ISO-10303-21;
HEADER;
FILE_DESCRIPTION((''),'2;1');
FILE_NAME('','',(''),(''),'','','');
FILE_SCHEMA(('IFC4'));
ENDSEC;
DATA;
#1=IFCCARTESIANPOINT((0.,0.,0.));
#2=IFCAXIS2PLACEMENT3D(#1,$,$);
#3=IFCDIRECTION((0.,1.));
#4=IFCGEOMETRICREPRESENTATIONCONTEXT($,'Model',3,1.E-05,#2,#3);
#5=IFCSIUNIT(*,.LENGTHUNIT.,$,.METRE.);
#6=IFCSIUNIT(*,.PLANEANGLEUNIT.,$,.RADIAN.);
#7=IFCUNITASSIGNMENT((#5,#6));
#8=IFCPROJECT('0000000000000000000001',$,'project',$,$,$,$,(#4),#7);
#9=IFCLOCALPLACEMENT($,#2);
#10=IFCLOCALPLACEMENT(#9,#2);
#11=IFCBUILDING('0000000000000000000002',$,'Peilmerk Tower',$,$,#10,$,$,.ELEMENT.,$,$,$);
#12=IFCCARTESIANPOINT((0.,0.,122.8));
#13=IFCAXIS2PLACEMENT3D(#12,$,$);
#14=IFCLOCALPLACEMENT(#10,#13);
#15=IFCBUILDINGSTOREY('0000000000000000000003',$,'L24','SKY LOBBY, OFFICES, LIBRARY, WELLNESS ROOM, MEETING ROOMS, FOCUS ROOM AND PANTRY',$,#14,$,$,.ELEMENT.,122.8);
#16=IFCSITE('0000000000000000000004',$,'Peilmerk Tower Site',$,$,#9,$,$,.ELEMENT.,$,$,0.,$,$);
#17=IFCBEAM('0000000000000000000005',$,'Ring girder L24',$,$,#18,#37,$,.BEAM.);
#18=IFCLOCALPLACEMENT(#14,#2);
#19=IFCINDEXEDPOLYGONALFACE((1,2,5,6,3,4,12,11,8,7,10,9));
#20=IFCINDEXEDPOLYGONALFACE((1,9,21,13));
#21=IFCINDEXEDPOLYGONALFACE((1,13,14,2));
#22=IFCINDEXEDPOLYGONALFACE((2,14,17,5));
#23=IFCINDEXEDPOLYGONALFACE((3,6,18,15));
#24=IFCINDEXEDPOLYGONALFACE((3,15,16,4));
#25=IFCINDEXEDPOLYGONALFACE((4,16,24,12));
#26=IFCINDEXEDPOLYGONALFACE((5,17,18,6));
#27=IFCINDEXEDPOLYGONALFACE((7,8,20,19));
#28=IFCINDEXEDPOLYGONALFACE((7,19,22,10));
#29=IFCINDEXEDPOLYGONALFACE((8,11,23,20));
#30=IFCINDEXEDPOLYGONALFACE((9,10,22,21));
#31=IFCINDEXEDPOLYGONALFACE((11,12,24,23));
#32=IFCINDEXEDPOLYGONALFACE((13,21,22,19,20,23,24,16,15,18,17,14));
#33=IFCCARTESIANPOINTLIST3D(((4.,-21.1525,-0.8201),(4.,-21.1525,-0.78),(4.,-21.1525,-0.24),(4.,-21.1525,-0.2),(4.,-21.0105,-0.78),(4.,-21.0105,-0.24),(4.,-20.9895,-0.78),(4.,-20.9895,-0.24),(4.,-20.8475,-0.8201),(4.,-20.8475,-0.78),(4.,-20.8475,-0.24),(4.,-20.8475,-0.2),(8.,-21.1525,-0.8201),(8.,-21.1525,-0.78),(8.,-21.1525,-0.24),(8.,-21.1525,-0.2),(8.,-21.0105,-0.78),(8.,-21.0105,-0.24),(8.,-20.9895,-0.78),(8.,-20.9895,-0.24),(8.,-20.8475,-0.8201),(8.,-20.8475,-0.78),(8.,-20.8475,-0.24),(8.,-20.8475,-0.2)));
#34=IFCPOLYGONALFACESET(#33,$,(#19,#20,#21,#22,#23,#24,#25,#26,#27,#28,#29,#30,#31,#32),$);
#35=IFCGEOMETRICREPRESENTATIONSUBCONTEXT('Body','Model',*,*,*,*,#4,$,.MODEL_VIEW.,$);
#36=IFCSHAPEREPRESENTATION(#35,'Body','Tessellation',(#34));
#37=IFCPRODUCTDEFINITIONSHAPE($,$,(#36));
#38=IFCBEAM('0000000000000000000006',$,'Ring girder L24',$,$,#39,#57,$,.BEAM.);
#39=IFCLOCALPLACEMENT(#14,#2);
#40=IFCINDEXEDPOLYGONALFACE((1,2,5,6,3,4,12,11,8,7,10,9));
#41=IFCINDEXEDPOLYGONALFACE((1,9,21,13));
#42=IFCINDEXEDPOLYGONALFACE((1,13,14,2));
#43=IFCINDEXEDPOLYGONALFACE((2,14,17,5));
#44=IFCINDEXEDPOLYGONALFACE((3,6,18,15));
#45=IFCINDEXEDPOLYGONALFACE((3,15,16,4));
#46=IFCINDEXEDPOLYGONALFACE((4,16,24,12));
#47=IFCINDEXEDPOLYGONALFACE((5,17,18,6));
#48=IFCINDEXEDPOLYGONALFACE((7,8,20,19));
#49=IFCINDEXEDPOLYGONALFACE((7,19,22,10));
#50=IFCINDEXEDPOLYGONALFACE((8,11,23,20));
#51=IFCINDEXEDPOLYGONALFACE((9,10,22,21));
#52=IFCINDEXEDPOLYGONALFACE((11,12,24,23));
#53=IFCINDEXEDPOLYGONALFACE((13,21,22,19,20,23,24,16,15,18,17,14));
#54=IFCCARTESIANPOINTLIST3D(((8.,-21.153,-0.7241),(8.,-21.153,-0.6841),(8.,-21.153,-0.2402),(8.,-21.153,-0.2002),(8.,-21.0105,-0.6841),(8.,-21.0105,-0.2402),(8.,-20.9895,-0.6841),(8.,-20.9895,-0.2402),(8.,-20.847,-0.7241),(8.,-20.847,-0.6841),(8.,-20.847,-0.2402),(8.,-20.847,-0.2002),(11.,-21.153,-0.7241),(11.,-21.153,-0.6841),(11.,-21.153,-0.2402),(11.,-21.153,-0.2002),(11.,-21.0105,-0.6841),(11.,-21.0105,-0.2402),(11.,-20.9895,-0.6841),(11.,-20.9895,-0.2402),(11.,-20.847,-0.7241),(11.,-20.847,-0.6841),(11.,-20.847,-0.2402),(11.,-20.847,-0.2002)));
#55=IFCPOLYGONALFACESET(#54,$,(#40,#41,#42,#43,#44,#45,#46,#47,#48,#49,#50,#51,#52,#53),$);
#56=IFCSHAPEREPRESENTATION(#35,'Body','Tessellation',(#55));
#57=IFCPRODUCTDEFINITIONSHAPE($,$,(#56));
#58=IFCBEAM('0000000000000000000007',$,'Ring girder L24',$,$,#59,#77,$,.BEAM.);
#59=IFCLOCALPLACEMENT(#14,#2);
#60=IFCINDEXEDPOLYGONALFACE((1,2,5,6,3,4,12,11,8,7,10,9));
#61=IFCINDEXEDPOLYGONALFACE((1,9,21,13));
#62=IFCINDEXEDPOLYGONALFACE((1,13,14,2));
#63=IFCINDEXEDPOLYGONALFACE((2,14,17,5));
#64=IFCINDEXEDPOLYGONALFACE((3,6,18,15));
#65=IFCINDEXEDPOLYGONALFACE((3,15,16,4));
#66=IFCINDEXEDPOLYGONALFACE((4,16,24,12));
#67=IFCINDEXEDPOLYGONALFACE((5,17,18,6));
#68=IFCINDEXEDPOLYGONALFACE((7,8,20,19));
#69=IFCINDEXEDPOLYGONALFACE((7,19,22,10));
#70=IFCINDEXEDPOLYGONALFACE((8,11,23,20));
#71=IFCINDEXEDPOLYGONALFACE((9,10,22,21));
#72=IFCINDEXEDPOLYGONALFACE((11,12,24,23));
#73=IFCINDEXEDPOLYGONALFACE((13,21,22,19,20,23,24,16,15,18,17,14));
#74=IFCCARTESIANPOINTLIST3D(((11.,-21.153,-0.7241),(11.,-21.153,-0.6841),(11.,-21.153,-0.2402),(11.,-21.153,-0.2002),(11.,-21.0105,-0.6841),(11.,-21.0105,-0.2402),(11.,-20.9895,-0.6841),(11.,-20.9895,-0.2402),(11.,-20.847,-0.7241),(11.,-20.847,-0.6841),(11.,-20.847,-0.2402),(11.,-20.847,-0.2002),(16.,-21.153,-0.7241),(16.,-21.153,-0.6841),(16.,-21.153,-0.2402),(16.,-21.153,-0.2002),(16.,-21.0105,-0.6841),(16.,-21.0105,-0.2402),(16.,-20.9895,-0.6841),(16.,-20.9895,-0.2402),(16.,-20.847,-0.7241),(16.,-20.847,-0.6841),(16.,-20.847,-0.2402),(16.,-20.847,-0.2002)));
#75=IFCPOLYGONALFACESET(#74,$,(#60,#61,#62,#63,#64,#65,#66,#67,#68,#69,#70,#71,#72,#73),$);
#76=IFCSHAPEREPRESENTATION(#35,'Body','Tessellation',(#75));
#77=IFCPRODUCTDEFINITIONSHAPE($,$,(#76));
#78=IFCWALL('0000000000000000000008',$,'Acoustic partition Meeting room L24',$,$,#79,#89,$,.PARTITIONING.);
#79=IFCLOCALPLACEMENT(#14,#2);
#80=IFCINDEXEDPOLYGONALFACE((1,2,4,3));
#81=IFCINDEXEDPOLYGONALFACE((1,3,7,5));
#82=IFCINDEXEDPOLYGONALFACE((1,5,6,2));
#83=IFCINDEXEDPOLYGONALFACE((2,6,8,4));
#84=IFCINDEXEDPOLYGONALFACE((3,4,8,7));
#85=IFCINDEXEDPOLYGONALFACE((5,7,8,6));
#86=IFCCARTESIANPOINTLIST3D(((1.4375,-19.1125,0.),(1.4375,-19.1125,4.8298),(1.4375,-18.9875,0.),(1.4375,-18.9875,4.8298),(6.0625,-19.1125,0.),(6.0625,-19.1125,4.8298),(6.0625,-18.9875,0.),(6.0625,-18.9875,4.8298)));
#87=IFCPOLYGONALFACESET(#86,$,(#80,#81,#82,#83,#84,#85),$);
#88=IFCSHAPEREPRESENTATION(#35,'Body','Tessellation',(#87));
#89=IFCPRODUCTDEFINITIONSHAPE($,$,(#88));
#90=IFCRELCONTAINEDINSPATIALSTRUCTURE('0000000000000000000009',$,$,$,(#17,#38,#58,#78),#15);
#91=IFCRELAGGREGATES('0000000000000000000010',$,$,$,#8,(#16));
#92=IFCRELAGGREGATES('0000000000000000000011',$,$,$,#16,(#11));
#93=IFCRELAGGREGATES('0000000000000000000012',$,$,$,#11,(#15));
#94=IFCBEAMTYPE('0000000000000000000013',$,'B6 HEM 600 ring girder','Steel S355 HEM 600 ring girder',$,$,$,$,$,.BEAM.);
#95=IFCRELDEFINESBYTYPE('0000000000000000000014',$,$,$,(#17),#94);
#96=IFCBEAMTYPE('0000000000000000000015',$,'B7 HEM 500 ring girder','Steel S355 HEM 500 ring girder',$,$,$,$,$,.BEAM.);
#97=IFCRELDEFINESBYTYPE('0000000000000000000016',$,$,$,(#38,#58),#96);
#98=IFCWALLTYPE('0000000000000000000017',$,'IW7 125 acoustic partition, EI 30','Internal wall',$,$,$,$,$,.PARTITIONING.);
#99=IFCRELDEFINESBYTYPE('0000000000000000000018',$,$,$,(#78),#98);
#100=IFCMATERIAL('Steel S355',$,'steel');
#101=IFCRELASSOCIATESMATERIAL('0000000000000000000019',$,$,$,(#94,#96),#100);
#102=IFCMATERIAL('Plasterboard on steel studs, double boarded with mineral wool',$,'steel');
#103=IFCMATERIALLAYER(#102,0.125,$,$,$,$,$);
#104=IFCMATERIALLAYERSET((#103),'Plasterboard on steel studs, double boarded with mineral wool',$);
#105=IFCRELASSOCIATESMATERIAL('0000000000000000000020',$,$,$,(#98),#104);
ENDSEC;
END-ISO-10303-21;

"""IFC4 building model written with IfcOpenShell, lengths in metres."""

from ifc_helpers import new_model, si_unit, direction, frame, frame_2d, origin, origin_2d, place, context, subcontext, project, spatial, rectangle, i_section, extrude, material, layer, layer_set, material_profile, profile_set, type_object, element, save


model = new_model("IFC4")

# Units and contexts
model_context = context("Model", 3, precision=1e-05, world=origin(), true_north=direction((0.0, 1.0)))
body_context = subcontext(model_context, "Body", "Model", "MODEL_VIEW")
ifc_project = project(units=[si_unit("LENGTHUNIT", "METRE"), si_unit("PLANEANGLEUNIT", "RADIAN")], contexts=[model_context])

# Site, building, storey
site_placement = place(None, origin())
site = spatial("IfcSite", under=ifc_project, at=site_placement, Name="Peilmerk Tower Site", CompositionType="ELEMENT", RefElevation=0.0)
building_placement = place(site_placement, origin())
building = spatial("IfcBuilding", under=site, at=building_placement, Name="Peilmerk Tower", CompositionType="ELEMENT")
storey_placement = place(building_placement, frame((0.0, 0.0, 122.8)))
storey = spatial("IfcBuildingStorey", under=building, at=storey_placement, Name="L24", Description="SKY LOBBY, OFFICES, LIBRARY, WELLNESS ROOM, MEETING ROOMS, FOCUS ROOM AND PANTRY", CompositionType="ELEMENT", Elevation=122.8)

# Beams
ifc_material_1 = material(Name="Steel S355", Category="steel")
ifc_material_profile_1 = material_profile(ifc_material_1, i_section(OverallWidth=0.3049, OverallDepth=0.6201, WebThickness=0.021, FlangeThickness=0.04, at=origin_2d()), Name="HEM 600")
ifc_profile_set_1 = profile_set([ifc_material_profile_1], Name="Steel S355")
beam_type_1 = type_object("IfcBeamType", Name="B6 HEM 600 ring girder", Description="Steel S355 HEM 600 ring girder", PredefinedType="BEAM", material=ifc_profile_set_1)
for number, where, z_axis, x_axis, name in (
    (1, (4.0, -21.0, -0.51), (1.0, 0.0, 0.0), (0.0, 1.0, 0.0), "Ring girder L24"),
):
    element("IfcBeam", number, at=place(storey_placement, frame(where, z_axis=z_axis, x_axis=x_axis)), inside=storey, type_object=beam_type_1, Name=name, PredefinedType="BEAM", context=body_context, shape_type="SweptSolid", body=[
        extrude(i_section(OverallWidth=0.3049, OverallDepth=0.6201, WebThickness=0.021, FlangeThickness=0.04, at=origin_2d()), origin(), (0.0, 0.0, 1.0), 4.0),
    ])
ifc_material_profile_2 = material_profile(ifc_material_1, i_section(OverallWidth=0.3059, OverallDepth=0.5239, WebThickness=0.021, FlangeThickness=0.04, at=origin_2d()), Name="HEM 500")
ifc_profile_set_2 = profile_set([ifc_material_profile_2], Name="Steel S355")
beam_type_2 = type_object("IfcBeamType", Name="B7 HEM 500 ring girder", Description="Steel S355 HEM 500 ring girder", PredefinedType="BEAM", material=ifc_profile_set_2)
beam_1_placement = place(storey_placement, frame((8.0, -21.0, -0.4622), z_axis=(1.0, 0.0, 0.0), x_axis=(0.0, 1.0, 0.0)))
element("IfcBeam", 2, at=beam_1_placement, inside=storey, type_object=beam_type_2, Name="Ring girder L24", PredefinedType="BEAM", context=body_context, shape_type="SweptSolid", body=[
    extrude(i_section(OverallWidth=0.3059, OverallDepth=0.5239, WebThickness=0.021, FlangeThickness=0.04, at=origin_2d()), origin(), (0.0, 0.0, 1.0), 3.0),
])
beam_2_placement = place(storey_placement, frame((11.0, -21.0, -0.4622), z_axis=(1.0, 0.0, 0.0), x_axis=(0.0, 1.0, 0.0)))
element("IfcBeam", 3, at=beam_2_placement, inside=storey, type_object=beam_type_2, Name="Ring girder L24", PredefinedType="BEAM", context=body_context, shape_type="SweptSolid", body=[
    extrude(i_section(OverallWidth=0.3059, OverallDepth=0.5239, WebThickness=0.021, FlangeThickness=0.04, at=origin_2d()), origin(), (0.0, 0.0, 1.0), 5.0),
])

# Wall
ifc_material_2 = material(Name="Plasterboard on steel studs, double boarded with mineral wool", Category="steel")
ifc_layer = layer(ifc_material_2, 0.125)
ifc_layer_set = layer_set([ifc_layer], Name="Plasterboard on steel studs, double boarded with mineral wool")
wall_type = type_object("IfcWallType", Name="IW7 125 acoustic partition, EI 30", Description="Internal wall", PredefinedType="PARTITIONING", material=ifc_layer_set)
wall_placement = place(storey_placement, frame((1.4375, -19.05, 0.0), z_axis=(0.0, 0.0, 1.0), x_axis=(1.0, 0.0, 0.0)))
element("IfcWall", 4, at=wall_placement, inside=storey, type_object=wall_type, Name="Acoustic partition Meeting room L24", PredefinedType="PARTITIONING", context=body_context, shape_type="SweptSolid", body=[
    extrude(rectangle(XDim=4.625, YDim=0.125, at=frame_2d((2.3125, 0.0))), origin(), (0.0, 0.0, 1.0), 4.8298),
])

save(model, "model.ifc")
